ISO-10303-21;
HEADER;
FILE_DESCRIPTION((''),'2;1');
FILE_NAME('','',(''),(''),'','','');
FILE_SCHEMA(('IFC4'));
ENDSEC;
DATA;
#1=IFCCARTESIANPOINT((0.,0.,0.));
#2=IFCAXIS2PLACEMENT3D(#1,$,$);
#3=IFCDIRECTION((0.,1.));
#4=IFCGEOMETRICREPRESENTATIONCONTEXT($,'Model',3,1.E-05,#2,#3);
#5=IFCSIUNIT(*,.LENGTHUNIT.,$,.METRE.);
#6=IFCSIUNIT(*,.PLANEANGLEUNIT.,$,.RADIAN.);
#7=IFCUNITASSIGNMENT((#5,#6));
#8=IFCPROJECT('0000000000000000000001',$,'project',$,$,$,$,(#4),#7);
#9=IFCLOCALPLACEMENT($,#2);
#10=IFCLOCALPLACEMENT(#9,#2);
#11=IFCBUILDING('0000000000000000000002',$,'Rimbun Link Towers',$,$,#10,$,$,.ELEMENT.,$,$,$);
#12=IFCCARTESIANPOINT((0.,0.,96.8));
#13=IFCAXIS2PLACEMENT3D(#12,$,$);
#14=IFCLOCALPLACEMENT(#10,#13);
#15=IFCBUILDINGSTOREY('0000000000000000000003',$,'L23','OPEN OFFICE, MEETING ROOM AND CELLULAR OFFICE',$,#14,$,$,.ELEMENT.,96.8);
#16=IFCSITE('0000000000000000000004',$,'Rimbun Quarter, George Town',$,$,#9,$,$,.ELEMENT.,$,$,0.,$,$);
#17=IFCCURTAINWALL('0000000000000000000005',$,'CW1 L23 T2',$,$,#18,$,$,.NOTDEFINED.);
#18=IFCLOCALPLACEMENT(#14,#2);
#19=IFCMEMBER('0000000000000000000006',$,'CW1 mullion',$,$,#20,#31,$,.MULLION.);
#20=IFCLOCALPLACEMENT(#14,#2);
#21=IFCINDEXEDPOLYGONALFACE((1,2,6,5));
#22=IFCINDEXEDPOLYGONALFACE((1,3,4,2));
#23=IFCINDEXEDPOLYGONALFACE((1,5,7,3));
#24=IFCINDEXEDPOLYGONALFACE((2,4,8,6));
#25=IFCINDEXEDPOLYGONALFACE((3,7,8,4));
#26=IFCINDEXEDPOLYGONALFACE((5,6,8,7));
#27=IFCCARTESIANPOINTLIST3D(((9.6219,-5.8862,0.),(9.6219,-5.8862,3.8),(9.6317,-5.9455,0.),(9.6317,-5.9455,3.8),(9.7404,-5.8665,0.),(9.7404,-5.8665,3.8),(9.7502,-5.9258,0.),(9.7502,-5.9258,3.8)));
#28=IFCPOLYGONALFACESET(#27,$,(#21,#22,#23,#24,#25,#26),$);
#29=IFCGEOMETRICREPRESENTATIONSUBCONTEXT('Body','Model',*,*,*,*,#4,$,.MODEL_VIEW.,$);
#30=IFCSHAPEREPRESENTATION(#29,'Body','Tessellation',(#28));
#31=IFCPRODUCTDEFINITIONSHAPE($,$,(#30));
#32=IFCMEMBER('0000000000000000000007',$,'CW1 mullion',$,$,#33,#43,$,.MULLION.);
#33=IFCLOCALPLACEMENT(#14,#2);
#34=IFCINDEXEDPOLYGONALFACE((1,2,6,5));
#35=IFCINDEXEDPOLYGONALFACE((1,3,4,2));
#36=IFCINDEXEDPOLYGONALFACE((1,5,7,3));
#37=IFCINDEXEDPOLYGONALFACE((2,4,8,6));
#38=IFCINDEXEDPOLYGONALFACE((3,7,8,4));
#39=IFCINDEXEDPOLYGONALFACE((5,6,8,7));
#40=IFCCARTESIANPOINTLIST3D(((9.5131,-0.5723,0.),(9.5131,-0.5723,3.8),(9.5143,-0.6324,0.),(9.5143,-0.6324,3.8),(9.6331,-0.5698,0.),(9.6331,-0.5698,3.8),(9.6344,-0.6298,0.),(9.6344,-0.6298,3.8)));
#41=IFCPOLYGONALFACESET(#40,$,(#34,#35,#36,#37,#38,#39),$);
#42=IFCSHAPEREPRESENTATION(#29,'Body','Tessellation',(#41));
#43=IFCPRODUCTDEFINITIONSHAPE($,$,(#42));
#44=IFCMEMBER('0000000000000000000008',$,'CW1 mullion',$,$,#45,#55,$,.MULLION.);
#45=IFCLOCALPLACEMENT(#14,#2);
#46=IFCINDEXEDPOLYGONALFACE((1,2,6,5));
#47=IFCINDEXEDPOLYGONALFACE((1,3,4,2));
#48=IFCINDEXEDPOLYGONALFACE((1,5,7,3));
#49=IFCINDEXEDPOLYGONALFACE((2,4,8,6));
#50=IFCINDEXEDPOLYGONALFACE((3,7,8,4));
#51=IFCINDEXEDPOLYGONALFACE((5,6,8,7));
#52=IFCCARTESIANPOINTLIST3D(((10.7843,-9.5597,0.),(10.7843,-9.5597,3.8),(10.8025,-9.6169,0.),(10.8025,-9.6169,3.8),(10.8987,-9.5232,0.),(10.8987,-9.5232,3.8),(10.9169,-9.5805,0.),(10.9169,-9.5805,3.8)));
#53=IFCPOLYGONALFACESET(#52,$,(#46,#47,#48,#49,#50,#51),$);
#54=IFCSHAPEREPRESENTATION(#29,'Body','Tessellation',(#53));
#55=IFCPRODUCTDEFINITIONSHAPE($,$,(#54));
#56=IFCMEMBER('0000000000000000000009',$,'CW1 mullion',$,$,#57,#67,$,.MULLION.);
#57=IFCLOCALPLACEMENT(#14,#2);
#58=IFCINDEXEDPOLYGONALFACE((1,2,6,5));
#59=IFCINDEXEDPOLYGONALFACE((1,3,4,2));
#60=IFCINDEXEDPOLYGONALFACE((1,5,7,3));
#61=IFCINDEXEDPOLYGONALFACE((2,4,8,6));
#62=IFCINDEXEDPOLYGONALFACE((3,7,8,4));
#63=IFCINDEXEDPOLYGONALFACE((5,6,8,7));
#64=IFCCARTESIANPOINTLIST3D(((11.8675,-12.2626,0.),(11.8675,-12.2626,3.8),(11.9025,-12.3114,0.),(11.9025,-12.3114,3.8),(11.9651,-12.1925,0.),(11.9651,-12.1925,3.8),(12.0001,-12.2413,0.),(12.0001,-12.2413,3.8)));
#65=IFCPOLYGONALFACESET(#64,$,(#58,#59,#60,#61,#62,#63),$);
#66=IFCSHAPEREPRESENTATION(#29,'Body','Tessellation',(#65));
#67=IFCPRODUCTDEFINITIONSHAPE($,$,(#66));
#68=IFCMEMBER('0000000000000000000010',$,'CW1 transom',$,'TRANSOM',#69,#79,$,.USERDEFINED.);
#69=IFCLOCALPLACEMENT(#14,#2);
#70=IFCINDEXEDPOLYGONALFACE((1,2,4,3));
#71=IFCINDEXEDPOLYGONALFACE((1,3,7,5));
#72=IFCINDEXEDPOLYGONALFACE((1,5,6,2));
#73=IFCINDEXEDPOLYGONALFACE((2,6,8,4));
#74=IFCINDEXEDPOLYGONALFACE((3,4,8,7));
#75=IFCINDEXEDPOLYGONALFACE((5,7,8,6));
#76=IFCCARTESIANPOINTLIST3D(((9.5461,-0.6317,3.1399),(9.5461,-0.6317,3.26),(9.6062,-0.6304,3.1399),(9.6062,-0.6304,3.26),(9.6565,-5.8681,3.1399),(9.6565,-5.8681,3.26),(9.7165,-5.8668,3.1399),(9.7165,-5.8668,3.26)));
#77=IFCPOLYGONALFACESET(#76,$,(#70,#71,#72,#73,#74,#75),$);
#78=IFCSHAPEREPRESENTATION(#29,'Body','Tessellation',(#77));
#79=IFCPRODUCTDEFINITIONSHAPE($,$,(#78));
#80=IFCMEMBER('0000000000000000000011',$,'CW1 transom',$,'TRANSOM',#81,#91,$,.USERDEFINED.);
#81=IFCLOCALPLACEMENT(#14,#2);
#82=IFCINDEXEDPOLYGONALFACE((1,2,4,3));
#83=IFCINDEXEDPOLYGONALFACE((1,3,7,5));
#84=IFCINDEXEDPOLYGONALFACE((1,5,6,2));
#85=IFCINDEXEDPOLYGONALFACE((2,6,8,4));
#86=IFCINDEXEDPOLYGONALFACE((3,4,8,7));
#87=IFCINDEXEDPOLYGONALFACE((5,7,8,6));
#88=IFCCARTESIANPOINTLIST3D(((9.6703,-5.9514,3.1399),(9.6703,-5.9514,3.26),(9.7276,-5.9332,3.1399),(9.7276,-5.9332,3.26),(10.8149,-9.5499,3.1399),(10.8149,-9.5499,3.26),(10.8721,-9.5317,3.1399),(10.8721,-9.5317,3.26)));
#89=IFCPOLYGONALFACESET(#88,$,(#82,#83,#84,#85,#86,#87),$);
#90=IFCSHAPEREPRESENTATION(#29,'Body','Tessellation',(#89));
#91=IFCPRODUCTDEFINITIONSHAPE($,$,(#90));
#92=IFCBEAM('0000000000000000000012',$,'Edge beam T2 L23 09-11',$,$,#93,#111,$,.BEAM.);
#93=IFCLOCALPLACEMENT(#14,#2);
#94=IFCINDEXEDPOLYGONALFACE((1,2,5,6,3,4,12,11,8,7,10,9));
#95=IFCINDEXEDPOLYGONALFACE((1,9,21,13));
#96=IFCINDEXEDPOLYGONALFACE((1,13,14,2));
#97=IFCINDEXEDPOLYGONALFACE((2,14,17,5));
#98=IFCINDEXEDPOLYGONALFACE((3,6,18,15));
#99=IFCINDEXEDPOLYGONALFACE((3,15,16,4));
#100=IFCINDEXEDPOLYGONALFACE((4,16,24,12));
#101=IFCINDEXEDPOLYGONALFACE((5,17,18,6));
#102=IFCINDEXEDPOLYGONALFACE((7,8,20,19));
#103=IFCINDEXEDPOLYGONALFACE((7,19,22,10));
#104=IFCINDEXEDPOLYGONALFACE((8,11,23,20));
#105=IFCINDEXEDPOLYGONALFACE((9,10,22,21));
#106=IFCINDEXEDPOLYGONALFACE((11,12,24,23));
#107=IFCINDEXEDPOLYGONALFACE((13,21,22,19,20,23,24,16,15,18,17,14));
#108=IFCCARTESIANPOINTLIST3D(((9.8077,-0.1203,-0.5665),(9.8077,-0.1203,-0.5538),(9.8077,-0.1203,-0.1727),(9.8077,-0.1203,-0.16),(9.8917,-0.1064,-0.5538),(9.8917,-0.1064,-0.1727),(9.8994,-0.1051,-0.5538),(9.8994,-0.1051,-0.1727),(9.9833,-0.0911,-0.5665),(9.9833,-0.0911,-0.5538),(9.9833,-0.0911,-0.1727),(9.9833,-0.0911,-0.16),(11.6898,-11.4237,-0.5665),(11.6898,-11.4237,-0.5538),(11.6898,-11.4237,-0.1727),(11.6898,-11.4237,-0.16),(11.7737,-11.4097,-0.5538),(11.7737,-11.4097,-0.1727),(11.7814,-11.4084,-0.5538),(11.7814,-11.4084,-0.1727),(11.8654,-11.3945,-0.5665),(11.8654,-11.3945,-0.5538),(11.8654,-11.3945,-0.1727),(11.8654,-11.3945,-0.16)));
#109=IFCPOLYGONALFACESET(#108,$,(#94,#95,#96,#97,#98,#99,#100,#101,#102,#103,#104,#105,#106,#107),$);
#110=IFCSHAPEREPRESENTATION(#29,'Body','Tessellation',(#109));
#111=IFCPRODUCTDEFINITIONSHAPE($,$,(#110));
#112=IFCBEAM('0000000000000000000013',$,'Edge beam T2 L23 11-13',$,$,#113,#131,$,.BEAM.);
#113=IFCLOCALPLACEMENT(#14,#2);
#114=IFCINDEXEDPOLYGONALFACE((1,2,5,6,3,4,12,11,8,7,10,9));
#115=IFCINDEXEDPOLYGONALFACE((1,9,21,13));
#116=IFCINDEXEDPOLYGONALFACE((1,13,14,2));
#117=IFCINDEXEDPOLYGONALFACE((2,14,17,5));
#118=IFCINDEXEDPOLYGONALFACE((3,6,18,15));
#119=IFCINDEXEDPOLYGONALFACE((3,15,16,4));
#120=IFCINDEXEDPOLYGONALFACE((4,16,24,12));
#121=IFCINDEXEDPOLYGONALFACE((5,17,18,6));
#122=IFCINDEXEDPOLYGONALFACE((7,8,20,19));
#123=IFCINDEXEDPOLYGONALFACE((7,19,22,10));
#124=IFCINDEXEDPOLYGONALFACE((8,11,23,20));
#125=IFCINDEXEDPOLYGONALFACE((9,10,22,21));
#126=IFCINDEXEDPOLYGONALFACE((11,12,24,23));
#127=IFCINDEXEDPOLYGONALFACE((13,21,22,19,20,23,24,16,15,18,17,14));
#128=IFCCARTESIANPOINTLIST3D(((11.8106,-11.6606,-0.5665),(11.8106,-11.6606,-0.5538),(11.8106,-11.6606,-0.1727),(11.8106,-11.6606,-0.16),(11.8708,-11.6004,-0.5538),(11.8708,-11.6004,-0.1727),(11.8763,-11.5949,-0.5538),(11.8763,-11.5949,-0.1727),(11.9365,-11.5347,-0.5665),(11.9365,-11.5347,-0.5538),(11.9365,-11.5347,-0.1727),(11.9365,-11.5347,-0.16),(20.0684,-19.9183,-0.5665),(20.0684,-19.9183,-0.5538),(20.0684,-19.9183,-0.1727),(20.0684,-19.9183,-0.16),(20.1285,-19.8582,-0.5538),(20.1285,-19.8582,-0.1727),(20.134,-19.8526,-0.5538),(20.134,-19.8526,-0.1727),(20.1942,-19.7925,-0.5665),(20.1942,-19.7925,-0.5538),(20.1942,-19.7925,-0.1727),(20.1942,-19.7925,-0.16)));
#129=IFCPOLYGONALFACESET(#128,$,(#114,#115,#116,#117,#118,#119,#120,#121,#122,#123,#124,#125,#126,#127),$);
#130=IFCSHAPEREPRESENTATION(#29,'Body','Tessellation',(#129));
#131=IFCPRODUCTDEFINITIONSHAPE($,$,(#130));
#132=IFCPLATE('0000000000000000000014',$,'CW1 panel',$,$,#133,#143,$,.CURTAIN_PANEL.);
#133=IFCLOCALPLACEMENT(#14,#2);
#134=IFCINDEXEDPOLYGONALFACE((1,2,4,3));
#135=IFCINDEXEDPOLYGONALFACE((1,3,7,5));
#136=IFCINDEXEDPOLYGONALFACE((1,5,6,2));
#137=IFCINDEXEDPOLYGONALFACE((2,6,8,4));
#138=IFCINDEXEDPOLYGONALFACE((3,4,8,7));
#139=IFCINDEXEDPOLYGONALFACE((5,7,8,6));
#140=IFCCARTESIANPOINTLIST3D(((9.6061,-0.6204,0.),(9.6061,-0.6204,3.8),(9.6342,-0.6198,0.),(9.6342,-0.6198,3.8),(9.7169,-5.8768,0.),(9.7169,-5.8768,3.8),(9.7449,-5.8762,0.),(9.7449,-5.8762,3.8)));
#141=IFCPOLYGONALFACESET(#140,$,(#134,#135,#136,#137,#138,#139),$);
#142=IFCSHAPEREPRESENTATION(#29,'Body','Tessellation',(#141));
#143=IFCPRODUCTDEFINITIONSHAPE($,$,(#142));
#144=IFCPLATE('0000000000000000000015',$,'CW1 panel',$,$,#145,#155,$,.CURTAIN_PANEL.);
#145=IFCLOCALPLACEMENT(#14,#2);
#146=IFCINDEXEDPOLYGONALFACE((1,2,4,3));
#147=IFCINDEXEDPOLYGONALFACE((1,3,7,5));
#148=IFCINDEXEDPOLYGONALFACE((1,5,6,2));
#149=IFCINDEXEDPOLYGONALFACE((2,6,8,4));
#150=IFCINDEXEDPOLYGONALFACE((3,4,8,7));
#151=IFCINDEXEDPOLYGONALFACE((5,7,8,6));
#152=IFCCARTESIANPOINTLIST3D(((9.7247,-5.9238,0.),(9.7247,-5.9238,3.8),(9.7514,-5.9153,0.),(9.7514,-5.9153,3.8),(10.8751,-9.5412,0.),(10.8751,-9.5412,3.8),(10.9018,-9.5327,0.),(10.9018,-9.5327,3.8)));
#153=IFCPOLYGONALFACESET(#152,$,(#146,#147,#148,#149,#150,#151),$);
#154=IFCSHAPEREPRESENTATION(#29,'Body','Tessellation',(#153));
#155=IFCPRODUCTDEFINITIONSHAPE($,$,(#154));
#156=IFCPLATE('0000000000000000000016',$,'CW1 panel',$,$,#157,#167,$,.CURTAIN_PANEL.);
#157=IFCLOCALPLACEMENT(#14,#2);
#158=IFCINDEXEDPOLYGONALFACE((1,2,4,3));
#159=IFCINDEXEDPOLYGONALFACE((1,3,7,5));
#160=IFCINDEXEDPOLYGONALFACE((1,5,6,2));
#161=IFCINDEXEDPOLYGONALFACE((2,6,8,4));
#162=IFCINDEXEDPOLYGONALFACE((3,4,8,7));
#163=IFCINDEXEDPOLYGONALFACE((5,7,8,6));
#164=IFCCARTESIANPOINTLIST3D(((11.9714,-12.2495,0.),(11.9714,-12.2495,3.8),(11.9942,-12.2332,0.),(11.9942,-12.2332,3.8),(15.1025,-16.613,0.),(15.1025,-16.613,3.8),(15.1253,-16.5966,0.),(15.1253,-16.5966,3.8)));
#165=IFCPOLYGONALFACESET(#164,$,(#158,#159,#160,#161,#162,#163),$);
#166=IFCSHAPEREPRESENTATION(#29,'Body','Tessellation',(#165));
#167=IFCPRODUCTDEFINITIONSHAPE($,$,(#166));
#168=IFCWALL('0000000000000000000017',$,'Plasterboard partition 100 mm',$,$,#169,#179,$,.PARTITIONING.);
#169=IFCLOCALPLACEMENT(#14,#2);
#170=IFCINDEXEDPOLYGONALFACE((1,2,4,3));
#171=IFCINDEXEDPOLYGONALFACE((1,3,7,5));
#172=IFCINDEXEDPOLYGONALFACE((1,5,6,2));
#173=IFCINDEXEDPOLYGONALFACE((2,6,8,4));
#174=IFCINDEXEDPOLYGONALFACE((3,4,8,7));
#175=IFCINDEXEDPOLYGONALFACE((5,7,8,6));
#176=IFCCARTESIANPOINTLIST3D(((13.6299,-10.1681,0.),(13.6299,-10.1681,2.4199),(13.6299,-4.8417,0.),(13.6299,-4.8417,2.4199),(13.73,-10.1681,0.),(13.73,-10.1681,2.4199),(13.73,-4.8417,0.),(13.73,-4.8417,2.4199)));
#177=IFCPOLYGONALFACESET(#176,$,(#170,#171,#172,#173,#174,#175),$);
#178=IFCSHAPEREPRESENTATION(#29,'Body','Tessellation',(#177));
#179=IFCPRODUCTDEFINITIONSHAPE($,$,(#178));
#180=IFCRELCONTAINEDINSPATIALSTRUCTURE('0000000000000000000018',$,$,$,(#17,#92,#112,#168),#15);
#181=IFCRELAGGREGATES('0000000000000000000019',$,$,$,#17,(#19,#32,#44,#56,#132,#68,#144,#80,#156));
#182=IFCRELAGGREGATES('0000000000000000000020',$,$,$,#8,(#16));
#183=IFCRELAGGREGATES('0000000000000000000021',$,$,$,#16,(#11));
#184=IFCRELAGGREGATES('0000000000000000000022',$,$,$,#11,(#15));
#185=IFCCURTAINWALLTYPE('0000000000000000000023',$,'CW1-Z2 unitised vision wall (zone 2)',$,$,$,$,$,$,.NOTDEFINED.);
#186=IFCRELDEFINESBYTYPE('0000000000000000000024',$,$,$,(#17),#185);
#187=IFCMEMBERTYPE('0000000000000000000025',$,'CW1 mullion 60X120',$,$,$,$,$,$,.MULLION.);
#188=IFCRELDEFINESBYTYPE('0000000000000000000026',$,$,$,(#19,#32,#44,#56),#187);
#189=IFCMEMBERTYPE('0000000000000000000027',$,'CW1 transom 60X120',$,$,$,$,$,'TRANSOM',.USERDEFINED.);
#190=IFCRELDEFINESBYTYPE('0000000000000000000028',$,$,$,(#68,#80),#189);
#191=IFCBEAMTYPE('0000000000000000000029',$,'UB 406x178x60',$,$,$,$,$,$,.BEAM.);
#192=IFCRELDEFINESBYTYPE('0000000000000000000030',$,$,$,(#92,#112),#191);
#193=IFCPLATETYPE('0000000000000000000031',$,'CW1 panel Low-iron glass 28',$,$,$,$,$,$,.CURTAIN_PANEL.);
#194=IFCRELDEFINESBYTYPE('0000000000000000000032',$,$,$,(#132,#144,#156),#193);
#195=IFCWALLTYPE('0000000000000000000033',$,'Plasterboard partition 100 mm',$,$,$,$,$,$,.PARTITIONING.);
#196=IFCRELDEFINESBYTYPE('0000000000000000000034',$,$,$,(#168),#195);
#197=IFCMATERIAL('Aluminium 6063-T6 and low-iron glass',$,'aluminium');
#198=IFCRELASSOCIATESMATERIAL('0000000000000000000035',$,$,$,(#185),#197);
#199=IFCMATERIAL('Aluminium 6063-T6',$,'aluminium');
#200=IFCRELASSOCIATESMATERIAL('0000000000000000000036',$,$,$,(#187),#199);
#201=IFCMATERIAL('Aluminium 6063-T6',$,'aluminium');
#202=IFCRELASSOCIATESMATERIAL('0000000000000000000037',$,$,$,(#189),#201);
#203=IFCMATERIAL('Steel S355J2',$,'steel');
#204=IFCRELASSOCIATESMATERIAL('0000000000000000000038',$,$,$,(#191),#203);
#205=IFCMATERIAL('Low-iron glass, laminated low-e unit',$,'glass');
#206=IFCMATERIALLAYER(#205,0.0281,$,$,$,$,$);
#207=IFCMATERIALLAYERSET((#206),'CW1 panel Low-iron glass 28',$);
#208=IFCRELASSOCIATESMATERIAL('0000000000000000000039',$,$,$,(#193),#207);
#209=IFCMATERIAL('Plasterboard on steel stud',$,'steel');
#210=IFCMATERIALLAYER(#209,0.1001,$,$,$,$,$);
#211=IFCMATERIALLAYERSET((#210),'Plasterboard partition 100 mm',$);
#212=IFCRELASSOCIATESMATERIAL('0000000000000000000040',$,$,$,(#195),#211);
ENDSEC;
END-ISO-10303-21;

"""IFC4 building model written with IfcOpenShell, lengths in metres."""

from ifc_helpers import new_model, si_unit, direction, frame, frame_2d, origin, origin_2d, place, context, subcontext, project, spatial, rectangle, i_section, extrude, material, layer, layer_set, material_profile, profile_set, type_object, element, aggregate, save


model = new_model("IFC4")

# Units and contexts
model_context = context("Model", 3, precision=1e-05, world=origin(), true_north=direction((0.0, 1.0)))
body_context = subcontext(model_context, "Body", "Model", "MODEL_VIEW")
ifc_project = project(units=[si_unit("LENGTHUNIT", "METRE"), si_unit("PLANEANGLEUNIT", "RADIAN")], contexts=[model_context])

# Site, building, storey
site_placement = place(None, origin())
site = spatial("IfcSite", under=ifc_project, at=site_placement, Name="Rimbun Quarter, George Town", CompositionType="ELEMENT", RefElevation=0.0)
building_placement = place(site_placement, origin())
building = spatial("IfcBuilding", under=site, at=building_placement, Name="Rimbun Link Towers", CompositionType="ELEMENT")
storey_placement = place(building_placement, frame((0.0, 0.0, 96.8)))
storey = spatial("IfcBuildingStorey", under=building, at=storey_placement, Name="L23", Description="OPEN OFFICE, MEETING ROOM AND CELLULAR OFFICE", CompositionType="ELEMENT", Elevation=96.8)

# Curtain wall, members
ifc_material_1 = material(Name="Aluminium 6063-T6 and low-iron glass", Category="aluminium")
curtain_wall_type = type_object("IfcCurtainWallType", Name="CW1-Z2 unitised vision wall (zone 2)", PredefinedType="NOTDEFINED", material=ifc_material_1)
curtain_wall_placement = place(storey_placement, origin())
curtain_wall = element("IfcCurtainWall", 1, at=curtain_wall_placement, inside=storey, type_object=curtain_wall_type, Name="CW1 L23 T2", PredefinedType="NOTDEFINED")
ifc_material_2 = material(Name="Aluminium 6063-T6", Category="aluminium")
ifc_material_profile_1 = material_profile(ifc_material_2, rectangle(XDim=0.1201, YDim=0.0601, at=origin_2d()), Name="MULLION 60X120")
ifc_profile_set_1 = profile_set([ifc_material_profile_1], Name="Aluminium 6063-T6")
member_type_1 = type_object("IfcMemberType", Name="CW1 mullion 60X120", PredefinedType="MULLION", material=ifc_profile_set_1)
member_1_placement = place(storey_placement, frame((9.686, -5.906, 0.0), z_axis=(0.0, 0.0, 1.0), x_axis=(-0.986503, -0.163744, 0.0)))
member_1 = element("IfcMember", 2, at=member_1_placement, type_object=member_type_1, Name="CW1 mullion", PredefinedType="MULLION", context=body_context, shape_type="SweptSolid", body=[
    extrude(rectangle(XDim=0.1201, YDim=0.0601, at=origin_2d()), origin(), (0.0, 0.0, 1.0), 3.8),
])
member_2_placement = place(storey_placement, frame((9.5737, -0.6011, 0.0), z_axis=(0.0, 0.0, 1.0), x_axis=(-0.999778, -0.02106, 0.0)))
member_2 = element("IfcMember", 3, at=member_2_placement, type_object=member_type_1, Name="CW1 mullion", PredefinedType="MULLION", context=body_context, shape_type="SweptSolid", body=[
    extrude(rectangle(XDim=0.1201, YDim=0.0601, at=origin_2d()), origin(), (0.0, 0.0, 1.0), 3.8),
])
member_3_placement = place(storey_placement, frame((10.8506, -9.5701, 0.0), z_axis=(0.0, 0.0, 1.0), x_axis=(-0.95297, -0.303066, 0.0)))
member_3 = element("IfcMember", 4, at=member_3_placement, type_object=member_type_1, Name="CW1 mullion", PredefinedType="MULLION", context=body_context, shape_type="SweptSolid", body=[
    extrude(rectangle(XDim=0.1201, YDim=0.0601, at=origin_2d()), origin(), (0.0, 0.0, 1.0), 3.8),
])
member_4_placement = place(storey_placement, frame((11.9338, -12.252, 0.0), z_axis=(0.0, 0.0, 1.0), x_axis=(-0.812471, -0.583002, 0.0)))
member_4 = element("IfcMember", 5, at=member_4_placement, type_object=member_type_1, Name="CW1 mullion", PredefinedType="MULLION", context=body_context, shape_type="SweptSolid", body=[
    extrude(rectangle(XDim=0.1201, YDim=0.0601, at=origin_2d()), origin(), (0.0, 0.0, 1.0), 3.8),
])
ifc_material_3 = material(Name="Aluminium 6063-T6", Category="aluminium")
ifc_material_profile_2 = material_profile(ifc_material_3, rectangle(XDim=0.0601, YDim=0.1201, at=origin_2d()), Name="TRANSOM 60X120")
ifc_profile_set_2 = profile_set([ifc_material_profile_2], Name="Aluminium 6063-T6")
member_type_2 = type_object("IfcMemberType", Name="CW1 transom 60X120", ElementType="TRANSOM", PredefinedType="USERDEFINED", material=ifc_profile_set_2)
member_5_placement = place(storey_placement, frame((9.6865, -5.8674, 3.2), z_axis=(-0.02107, 0.999778, 0.0), x_axis=(-0.999778, -0.02107, 0.0)))
member_5 = element("IfcMember", 6, at=member_5_placement, type_object=member_type_2, Name="CW1 transom", ObjectType="TRANSOM", PredefinedType="USERDEFINED", context=body_context, shape_type="SweptSolid", body=[
    extrude(rectangle(XDim=0.0601, YDim=0.1201, at=origin_2d()), origin(), (0.0, 0.0, 1.0), 5.2375),
])
member_6_placement = place(storey_placement, frame((10.8435, -9.5408, 3.2), z_axis=(-0.303105, 0.952957, 0.0), x_axis=(-0.952957, -0.303105, 0.0)))
member_6 = element("IfcMember", 7, at=member_6_placement, type_object=member_type_2, Name="CW1 transom", ObjectType="TRANSOM", PredefinedType="USERDEFINED", context=body_context, shape_type="SweptSolid", body=[
    extrude(rectangle(XDim=0.0601, YDim=0.1201, at=origin_2d()), origin(), (0.0, 0.0, 1.0), 3.7761),
])

# Beams
ifc_material_4 = material(Name="Steel S355J2", Category="steel")
ifc_material_profile_3 = material_profile(ifc_material_4, i_section(OverallWidth=0.178, OverallDepth=0.4065, WebThickness=0.0078, FlangeThickness=0.0127, at=origin_2d()), Name="UB 406x178x60")
ifc_profile_set_3 = profile_set([ifc_material_profile_3], Name="Steel S355J2")
beam_type = type_object("IfcBeamType", Name="UB 406x178x60", PredefinedType="BEAM", material=ifc_profile_set_3)
beam_1_placement = place(storey_placement, frame((9.8955, -0.1057, -0.3633), z_axis=(0.164244, -0.98642, 0.0), x_axis=(0.98642, 0.164244, 0.0)))
element("IfcBeam", 8, at=beam_1_placement, inside=storey, type_object=beam_type, Name="Edge beam T2 L23 09-11", PredefinedType="BEAM", context=body_context, shape_type="SweptSolid", body=[
    extrude(i_section(OverallWidth=0.178, OverallDepth=0.4065, WebThickness=0.0078, FlangeThickness=0.0127, at=origin_2d()), origin(), (0.0, 0.0, 1.0), 11.459),
])
beam_2_placement = place(storey_placement, frame((11.8735, -11.5977, -0.3633), z_axis=(0.707107, -0.707107, 0.0), x_axis=(0.707107, 0.707107, 0.0)))
element("IfcBeam", 9, at=beam_2_placement, inside=storey, type_object=beam_type, Name="Edge beam T2 L23 11-13", PredefinedType="BEAM", context=body_context, shape_type="SweptSolid", body=[
    extrude(i_section(OverallWidth=0.178, OverallDepth=0.4065, WebThickness=0.0078, FlangeThickness=0.0127, at=origin_2d()), origin(), (0.0, 0.0, 1.0), 11.6782),
])

# Plates
ifc_material_5 = material(Name="Low-iron glass, laminated low-e unit", Category="glass")
ifc_layer_1 = layer(ifc_material_5, 0.0281)
ifc_layer_set_1 = layer_set([ifc_layer_1], Name="CW1 panel Low-iron glass 28")
plate_type = type_object("IfcPlateType", Name="CW1 panel Low-iron glass 28", PredefinedType="CURTAIN_PANEL", material=ifc_layer_set_1)
plate_1_placement = place(storey_placement, frame((9.6755, -3.2483, 0.0), z_axis=(0.0, 0.0, 1.0), x_axis=(-0.02106, 0.999778, 0.0)))
plate_1 = element("IfcPlate", 10, at=plate_1_placement, type_object=plate_type, Name="CW1 panel", PredefinedType="CURTAIN_PANEL", context=body_context, shape_type="SweptSolid", body=[
    extrude(rectangle(XDim=5.2576, YDim=0.0281, at=origin_2d()), origin(), (0.0, 0.0, 1.0), 3.8),
])
plate_2_placement = place(storey_placement, frame((10.3132, -7.7283, 0.0), z_axis=(0.0, 0.0, 1.0), x_axis=(-0.303066, 0.95297, 0.0)))
plate_2 = element("IfcPlate", 11, at=plate_2_placement, type_object=plate_type, Name="CW1 panel", PredefinedType="CURTAIN_PANEL", context=body_context, shape_type="SweptSolid", body=[
    extrude(rectangle(XDim=3.7959, YDim=0.0281, at=origin_2d()), origin(), (0.0, 0.0, 1.0), 3.8),
])
plate_3_placement = place(storey_placement, frame((13.5483, -14.4231, 0.0), z_axis=(0.0, 0.0, 1.0), x_axis=(-0.583002, 0.812471, 0.0)))
plate_3 = element("IfcPlate", 12, at=plate_3_placement, type_object=plate_type, Name="CW1 panel", PredefinedType="CURTAIN_PANEL", context=body_context, shape_type="SweptSolid", body=[
    extrude(rectangle(XDim=5.3706, YDim=0.0281, at=origin_2d()), origin(), (0.0, 0.0, 1.0), 3.8),
])
aggregate(curtain_wall, [member_1, member_2, member_3, member_4, plate_1, member_5, plate_2, member_6, plate_3])

# Wall
ifc_material_6 = material(Name="Plasterboard on steel stud", Category="steel")
ifc_layer_2 = layer(ifc_material_6, 0.1001)
ifc_layer_set_2 = layer_set([ifc_layer_2], Name="Plasterboard partition 100 mm")
wall_type = type_object("IfcWallType", Name="Plasterboard partition 100 mm", PredefinedType="PARTITIONING", material=ifc_layer_set_2)
wall_placement = place(storey_placement, frame((13.6799, -4.8418, 0.0), z_axis=(0.0, 0.0, 1.0), x_axis=(0.0, -1.0, 0.0)))
element("IfcWall", 13, at=wall_placement, inside=storey, type_object=wall_type, Name="Plasterboard partition 100 mm", PredefinedType="PARTITIONING", context=body_context, shape_type="SweptSolid", body=[
    extrude(rectangle(XDim=5.3264, YDim=0.1001, at=frame_2d((2.6631, 0.0))), origin(), (0.0, 0.0, 1.0), 2.4199),
])

save(model, "model.ifc")
